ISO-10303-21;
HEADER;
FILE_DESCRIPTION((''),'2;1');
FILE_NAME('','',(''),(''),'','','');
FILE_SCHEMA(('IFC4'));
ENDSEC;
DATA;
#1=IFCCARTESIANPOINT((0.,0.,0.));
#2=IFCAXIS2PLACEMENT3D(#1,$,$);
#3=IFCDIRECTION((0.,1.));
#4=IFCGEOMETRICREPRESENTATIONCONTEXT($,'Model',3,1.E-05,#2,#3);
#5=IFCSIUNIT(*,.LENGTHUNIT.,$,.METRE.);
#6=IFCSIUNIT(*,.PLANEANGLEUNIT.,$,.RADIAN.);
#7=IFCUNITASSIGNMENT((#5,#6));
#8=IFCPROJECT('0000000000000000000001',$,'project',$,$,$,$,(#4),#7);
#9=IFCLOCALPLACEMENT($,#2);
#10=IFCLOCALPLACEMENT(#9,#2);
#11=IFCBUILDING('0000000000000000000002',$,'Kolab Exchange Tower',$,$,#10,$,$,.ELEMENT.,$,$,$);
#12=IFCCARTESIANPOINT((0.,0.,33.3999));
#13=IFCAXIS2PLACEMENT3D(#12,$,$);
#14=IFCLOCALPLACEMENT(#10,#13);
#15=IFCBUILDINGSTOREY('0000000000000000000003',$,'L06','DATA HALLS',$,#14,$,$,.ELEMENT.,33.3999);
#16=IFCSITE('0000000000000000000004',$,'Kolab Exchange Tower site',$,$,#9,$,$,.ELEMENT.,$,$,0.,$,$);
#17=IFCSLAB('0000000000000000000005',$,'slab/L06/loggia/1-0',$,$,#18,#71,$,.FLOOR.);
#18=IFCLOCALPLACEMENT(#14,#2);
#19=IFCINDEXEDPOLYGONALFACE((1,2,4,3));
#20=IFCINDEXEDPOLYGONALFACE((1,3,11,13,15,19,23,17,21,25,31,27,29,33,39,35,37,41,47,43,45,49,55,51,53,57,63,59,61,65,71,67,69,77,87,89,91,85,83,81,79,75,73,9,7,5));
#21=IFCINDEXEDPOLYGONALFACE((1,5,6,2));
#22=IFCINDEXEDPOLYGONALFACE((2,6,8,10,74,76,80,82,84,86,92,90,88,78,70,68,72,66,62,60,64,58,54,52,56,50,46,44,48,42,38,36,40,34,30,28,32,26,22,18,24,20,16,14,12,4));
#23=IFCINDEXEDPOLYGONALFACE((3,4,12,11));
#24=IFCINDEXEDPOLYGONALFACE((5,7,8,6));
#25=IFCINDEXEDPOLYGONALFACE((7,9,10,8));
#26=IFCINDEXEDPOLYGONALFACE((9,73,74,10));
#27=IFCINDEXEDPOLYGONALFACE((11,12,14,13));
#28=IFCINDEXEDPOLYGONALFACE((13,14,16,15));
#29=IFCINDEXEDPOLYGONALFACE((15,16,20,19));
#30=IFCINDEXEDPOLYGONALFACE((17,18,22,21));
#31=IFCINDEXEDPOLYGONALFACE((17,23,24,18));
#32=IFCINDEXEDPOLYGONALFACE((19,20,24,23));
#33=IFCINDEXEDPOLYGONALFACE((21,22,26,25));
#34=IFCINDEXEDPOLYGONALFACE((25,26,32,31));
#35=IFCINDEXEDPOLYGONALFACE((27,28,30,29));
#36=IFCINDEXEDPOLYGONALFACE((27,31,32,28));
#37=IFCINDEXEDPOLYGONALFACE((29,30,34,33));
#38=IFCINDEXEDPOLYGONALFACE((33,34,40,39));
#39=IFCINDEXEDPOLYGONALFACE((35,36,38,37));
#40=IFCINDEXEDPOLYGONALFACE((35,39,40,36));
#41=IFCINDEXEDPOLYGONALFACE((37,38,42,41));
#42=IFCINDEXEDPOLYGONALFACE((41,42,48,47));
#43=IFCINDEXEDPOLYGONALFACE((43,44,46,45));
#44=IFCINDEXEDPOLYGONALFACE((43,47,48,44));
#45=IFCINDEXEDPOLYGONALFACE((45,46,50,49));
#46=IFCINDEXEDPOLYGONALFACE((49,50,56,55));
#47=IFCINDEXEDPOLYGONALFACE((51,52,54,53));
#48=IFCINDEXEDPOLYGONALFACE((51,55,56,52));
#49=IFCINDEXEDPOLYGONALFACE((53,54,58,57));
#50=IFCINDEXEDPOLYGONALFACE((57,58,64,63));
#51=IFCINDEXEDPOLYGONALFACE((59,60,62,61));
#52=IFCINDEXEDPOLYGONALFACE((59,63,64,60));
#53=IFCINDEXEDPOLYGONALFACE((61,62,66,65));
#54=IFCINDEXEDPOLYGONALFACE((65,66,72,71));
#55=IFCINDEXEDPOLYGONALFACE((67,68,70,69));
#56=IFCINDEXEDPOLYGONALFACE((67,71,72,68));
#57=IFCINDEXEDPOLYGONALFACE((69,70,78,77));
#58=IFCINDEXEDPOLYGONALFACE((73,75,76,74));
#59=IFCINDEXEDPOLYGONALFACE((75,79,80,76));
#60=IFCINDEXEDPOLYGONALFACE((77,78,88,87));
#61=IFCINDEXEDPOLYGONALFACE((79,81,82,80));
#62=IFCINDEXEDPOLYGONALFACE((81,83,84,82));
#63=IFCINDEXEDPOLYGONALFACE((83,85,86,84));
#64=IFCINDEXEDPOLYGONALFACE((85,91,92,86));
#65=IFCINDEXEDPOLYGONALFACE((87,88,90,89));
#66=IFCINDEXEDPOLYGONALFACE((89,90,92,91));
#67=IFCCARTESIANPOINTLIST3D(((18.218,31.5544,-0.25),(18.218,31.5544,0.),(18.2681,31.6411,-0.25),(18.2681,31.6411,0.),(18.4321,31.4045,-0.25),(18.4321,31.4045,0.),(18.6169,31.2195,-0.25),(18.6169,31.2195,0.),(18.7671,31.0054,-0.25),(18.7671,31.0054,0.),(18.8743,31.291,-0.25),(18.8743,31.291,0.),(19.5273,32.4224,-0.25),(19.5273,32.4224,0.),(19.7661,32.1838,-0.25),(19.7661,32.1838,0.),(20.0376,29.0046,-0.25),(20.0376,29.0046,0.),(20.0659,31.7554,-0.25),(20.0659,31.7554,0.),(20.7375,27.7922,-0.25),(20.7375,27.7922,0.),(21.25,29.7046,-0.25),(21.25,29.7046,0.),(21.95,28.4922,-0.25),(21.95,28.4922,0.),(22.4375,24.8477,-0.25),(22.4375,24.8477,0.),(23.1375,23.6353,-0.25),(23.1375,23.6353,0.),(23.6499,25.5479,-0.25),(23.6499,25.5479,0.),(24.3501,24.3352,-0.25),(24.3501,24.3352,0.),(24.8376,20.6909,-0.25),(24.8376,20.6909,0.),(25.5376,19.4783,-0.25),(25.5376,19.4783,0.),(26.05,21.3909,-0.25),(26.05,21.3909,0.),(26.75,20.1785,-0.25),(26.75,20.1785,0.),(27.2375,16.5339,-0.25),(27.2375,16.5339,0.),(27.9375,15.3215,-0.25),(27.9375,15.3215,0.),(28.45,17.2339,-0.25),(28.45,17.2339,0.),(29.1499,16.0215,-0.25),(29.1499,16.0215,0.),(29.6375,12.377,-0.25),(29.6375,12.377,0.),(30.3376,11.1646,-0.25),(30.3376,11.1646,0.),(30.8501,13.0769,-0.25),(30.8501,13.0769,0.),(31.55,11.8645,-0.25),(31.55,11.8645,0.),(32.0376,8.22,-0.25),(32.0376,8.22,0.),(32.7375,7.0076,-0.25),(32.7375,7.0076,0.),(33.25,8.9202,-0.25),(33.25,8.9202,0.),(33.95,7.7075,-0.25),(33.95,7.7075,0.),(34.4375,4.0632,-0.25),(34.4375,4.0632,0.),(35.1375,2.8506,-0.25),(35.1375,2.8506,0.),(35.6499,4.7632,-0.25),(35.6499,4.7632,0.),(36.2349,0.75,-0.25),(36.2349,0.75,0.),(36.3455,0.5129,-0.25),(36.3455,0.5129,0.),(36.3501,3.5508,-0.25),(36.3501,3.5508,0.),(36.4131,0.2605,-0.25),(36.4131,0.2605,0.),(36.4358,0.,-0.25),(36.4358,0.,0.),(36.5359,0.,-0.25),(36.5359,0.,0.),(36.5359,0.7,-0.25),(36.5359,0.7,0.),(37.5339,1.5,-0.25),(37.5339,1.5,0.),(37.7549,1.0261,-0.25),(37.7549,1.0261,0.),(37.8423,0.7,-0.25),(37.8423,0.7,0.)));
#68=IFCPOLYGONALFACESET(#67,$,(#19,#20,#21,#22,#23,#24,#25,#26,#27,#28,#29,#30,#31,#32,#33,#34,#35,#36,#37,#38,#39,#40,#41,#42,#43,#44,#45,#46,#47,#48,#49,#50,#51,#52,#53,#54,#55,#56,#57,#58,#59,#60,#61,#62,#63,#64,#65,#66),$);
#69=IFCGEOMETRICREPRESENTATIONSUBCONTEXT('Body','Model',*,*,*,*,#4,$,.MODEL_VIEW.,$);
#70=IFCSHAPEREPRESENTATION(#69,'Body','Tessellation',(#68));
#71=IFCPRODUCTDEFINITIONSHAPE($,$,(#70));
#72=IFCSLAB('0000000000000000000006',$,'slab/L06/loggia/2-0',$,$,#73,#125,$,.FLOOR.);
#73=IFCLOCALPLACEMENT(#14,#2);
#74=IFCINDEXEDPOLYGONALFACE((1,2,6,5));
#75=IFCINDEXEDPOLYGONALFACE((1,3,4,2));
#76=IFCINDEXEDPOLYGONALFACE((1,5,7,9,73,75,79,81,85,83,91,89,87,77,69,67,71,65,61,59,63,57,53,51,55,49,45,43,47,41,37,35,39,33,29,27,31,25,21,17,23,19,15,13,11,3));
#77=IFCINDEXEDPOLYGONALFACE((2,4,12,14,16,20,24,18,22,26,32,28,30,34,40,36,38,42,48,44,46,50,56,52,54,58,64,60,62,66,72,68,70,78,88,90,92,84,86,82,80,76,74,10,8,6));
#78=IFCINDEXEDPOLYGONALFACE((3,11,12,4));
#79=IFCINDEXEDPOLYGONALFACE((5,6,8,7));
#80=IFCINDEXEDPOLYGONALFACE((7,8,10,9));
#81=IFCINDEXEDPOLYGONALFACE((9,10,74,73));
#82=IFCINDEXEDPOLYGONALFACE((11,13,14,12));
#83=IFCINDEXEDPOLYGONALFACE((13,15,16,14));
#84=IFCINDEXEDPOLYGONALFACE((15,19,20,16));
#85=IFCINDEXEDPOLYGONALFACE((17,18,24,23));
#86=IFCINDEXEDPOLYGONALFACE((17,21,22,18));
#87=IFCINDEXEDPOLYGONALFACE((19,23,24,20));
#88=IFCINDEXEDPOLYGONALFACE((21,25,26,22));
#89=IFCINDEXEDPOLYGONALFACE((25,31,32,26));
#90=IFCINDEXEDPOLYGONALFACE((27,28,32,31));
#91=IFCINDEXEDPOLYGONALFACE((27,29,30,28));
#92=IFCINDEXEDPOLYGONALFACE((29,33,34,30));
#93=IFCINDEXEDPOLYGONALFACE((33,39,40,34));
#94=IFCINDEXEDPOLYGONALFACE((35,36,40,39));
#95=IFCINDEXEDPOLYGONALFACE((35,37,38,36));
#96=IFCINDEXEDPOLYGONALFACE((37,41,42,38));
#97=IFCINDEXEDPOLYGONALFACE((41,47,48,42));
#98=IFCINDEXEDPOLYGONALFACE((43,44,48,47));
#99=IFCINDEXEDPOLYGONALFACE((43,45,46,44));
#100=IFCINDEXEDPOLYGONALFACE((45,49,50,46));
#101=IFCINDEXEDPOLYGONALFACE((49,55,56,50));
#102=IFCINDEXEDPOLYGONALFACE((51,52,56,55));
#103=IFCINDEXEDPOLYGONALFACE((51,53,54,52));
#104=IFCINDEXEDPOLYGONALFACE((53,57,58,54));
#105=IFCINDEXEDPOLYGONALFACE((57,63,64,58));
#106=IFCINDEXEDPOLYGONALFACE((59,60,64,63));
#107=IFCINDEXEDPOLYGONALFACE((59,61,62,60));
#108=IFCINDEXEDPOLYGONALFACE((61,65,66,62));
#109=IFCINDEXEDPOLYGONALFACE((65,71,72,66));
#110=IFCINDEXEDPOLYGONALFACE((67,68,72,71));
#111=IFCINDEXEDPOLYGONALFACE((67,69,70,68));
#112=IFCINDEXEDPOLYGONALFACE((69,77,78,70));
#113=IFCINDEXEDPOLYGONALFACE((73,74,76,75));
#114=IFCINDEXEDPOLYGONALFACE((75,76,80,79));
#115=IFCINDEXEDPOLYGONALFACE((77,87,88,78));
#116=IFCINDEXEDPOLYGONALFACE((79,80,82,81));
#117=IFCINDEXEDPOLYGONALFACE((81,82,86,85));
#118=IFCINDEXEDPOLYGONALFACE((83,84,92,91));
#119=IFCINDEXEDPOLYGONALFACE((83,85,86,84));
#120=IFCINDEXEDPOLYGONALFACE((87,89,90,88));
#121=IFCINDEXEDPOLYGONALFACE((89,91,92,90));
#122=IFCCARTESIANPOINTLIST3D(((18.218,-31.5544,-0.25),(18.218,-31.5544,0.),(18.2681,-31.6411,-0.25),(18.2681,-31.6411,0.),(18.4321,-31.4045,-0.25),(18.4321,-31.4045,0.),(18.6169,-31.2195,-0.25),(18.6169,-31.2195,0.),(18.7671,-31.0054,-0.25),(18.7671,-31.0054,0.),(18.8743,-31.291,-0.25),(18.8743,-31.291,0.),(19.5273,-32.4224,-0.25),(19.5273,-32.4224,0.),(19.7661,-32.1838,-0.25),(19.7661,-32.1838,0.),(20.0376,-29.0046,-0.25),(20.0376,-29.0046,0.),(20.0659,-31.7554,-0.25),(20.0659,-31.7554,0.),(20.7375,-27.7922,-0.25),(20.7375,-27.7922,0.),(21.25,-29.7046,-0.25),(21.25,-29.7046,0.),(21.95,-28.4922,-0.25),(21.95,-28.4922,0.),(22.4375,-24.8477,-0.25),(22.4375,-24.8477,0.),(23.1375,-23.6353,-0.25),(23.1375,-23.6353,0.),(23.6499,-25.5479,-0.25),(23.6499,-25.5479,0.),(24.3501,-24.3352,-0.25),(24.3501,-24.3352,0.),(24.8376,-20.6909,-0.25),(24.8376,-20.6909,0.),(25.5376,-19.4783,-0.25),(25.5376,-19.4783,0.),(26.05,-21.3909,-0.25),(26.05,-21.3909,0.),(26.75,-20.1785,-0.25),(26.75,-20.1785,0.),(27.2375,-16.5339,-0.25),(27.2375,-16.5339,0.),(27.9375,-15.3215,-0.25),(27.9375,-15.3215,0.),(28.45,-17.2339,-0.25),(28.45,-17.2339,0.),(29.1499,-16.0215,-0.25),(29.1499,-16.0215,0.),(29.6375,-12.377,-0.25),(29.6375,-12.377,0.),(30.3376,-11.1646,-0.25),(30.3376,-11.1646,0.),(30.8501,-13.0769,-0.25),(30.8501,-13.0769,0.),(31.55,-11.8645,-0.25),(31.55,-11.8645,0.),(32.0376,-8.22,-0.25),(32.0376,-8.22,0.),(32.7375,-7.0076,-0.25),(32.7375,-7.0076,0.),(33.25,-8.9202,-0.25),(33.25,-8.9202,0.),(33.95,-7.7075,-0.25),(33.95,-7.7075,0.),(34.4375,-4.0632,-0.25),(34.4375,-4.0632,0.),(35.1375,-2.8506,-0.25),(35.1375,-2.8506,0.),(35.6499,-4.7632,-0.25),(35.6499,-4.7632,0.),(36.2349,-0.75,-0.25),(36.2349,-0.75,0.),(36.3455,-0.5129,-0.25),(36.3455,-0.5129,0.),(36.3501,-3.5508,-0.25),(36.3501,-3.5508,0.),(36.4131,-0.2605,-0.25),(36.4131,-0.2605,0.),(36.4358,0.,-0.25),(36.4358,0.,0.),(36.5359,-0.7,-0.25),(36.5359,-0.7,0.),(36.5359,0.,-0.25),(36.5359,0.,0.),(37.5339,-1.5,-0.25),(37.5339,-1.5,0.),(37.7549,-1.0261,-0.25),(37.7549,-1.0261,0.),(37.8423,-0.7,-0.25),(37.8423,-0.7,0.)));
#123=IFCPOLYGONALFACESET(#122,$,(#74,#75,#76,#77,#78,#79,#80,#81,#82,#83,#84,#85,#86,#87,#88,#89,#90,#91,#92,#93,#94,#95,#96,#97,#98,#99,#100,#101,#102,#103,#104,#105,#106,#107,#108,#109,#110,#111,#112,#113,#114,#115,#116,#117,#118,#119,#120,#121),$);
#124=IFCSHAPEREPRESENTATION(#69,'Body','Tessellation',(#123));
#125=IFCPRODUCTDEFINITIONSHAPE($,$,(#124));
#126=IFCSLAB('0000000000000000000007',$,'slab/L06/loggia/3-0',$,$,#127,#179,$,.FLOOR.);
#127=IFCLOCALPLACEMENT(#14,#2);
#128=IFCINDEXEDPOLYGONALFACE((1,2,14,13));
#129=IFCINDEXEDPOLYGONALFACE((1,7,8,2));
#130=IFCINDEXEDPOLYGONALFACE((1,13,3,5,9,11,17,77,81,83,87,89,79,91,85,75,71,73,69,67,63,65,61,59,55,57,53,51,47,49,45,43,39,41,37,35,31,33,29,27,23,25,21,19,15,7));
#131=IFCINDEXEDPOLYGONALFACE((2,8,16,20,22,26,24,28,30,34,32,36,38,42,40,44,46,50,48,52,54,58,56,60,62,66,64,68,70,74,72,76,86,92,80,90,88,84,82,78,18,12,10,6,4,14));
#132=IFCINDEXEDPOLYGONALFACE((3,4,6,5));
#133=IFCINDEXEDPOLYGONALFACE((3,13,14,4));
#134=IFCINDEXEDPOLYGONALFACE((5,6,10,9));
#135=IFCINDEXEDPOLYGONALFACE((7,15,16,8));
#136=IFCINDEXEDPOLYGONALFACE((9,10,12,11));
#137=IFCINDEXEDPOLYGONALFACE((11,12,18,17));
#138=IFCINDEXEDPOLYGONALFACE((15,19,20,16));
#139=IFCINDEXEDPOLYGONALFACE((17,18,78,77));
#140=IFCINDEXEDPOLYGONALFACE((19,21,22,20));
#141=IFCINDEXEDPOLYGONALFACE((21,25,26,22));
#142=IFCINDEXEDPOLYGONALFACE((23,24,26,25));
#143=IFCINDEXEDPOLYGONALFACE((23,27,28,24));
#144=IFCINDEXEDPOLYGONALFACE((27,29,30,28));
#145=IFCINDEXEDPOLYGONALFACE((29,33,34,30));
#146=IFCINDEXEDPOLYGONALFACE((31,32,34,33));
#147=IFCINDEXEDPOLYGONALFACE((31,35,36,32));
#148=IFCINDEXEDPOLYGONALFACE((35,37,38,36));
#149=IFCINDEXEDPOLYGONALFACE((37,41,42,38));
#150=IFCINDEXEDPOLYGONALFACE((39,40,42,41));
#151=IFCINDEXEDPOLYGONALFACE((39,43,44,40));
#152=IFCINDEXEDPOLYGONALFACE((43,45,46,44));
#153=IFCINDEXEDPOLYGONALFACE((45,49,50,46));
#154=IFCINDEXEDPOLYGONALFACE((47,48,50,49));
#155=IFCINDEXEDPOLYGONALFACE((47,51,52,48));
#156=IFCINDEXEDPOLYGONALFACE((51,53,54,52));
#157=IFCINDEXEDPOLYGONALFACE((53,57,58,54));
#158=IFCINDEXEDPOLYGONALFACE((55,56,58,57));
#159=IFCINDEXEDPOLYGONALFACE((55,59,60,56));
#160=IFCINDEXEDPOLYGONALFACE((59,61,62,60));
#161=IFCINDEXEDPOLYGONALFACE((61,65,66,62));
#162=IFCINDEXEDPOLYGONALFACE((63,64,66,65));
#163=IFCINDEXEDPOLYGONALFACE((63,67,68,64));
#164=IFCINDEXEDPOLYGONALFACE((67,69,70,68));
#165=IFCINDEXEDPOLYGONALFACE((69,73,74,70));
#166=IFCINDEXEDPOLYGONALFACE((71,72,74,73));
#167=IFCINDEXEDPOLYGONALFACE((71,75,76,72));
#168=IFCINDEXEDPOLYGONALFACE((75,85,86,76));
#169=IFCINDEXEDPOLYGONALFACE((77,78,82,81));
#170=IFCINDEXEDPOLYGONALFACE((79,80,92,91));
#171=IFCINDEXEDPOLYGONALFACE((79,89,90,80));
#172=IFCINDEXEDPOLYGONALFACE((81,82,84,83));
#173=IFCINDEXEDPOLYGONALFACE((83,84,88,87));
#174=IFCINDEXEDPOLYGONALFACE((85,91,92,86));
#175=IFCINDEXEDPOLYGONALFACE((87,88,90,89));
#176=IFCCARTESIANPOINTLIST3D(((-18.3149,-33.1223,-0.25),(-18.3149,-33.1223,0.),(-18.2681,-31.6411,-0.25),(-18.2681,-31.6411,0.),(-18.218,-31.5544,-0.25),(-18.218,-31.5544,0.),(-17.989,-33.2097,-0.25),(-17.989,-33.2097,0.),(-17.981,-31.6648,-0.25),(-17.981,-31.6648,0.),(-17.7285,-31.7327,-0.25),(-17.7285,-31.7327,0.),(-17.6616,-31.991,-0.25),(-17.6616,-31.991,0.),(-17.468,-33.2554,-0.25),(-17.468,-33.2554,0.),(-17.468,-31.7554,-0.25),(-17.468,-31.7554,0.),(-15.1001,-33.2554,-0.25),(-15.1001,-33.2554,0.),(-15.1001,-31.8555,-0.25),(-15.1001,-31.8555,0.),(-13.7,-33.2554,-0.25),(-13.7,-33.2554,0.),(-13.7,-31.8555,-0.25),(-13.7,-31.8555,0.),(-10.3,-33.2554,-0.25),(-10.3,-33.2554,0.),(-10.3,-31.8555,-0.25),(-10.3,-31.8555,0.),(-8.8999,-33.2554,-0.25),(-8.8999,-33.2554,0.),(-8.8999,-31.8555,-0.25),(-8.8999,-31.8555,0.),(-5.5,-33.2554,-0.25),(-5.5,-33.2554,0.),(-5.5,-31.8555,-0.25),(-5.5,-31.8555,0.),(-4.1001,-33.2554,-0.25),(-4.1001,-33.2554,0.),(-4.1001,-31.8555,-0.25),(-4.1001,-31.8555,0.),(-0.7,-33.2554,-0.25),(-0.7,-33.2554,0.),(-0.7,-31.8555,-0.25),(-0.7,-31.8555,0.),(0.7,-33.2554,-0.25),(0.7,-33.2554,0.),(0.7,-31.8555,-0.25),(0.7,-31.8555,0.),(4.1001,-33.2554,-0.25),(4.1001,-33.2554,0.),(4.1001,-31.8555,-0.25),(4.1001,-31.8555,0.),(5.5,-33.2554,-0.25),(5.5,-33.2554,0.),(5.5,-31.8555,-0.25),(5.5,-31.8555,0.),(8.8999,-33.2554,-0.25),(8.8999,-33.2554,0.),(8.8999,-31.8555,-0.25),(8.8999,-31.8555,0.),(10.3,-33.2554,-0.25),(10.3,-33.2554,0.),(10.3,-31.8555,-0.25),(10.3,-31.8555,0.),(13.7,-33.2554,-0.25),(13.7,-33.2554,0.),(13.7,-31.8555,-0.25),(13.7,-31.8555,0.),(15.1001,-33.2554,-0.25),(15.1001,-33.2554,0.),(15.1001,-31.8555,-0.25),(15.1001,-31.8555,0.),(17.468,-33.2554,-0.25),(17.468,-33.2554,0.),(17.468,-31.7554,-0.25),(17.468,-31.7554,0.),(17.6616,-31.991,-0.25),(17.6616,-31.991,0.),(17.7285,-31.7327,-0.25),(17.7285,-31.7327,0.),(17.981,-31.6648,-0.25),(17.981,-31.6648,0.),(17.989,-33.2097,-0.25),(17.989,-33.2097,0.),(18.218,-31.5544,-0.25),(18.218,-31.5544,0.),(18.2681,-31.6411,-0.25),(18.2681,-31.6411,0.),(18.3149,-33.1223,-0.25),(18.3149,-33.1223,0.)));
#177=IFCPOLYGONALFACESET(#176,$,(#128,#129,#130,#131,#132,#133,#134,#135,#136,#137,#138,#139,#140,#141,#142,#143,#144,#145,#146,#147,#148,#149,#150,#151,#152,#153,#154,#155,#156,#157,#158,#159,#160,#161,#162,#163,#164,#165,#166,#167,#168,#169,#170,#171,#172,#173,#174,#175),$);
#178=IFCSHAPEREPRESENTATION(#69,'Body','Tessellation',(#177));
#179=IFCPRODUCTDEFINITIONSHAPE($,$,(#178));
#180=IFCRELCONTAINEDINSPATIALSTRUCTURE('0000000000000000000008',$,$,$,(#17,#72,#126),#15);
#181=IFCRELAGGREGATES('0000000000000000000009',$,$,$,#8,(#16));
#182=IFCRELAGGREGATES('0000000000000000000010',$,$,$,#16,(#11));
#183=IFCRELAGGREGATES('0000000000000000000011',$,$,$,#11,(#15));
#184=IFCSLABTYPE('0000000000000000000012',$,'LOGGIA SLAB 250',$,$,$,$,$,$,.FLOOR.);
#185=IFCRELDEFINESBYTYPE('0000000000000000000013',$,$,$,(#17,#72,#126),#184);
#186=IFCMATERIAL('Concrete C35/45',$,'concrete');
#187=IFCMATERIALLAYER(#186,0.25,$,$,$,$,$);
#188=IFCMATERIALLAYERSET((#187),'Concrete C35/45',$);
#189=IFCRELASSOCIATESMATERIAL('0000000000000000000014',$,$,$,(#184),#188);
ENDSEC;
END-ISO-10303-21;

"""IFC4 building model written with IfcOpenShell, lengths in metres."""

from ifc_helpers import new_model, si_unit, direction, frame, origin, place, context, subcontext, project, spatial, polyline, outline, extrude, material, layer, layer_set, type_object, element, save


model = new_model("IFC4")

# Units and contexts
model_context = context("Model", 3, precision=1e-05, world=origin(), true_north=direction((0.0, 1.0)))
body_context = subcontext(model_context, "Body", "Model", "MODEL_VIEW")
ifc_project = project(units=[si_unit("LENGTHUNIT", "METRE"), si_unit("PLANEANGLEUNIT", "RADIAN")], contexts=[model_context])

# Site, building, storey
site_placement = place(None, origin())
site = spatial("IfcSite", under=ifc_project, at=site_placement, Name="Kolab Exchange Tower site", CompositionType="ELEMENT", RefElevation=0.0)
building_placement = place(site_placement, origin())
building = spatial("IfcBuilding", under=site, at=building_placement, Name="Kolab Exchange Tower", CompositionType="ELEMENT")
storey_placement = place(building_placement, frame((0.0, 0.0, 33.3999)))
storey = spatial("IfcBuildingStorey", under=building, at=storey_placement, Name="L06", Description="DATA HALLS", CompositionType="ELEMENT", Elevation=33.3999)

# Slabs
ifc_material_1 = material(Name="Concrete C35/45", Category="concrete")
ifc_layer_1 = layer(ifc_material_1, 0.25)
ifc_layer_set_1 = layer_set([ifc_layer_1], Name="Concrete C35/45")
slab_type_1 = type_object("IfcSlabType", Name="LOGGIA SLAB 250", PredefinedType="FLOOR", material=ifc_layer_set_1)
slab_1_placement = place(storey_placement, frame((0.0, 0.0, -0.25)))
element("IfcSlab", 1, at=slab_1_placement, inside=storey, type_object=slab_type_1, Name="slab/L06/loggia/1-0", PredefinedType="FLOOR", context=body_context, shape_type="SweptSolid", body=[
    extrude(outline(polyline([(36.4358, 0.0), (36.5359, 0.0), (36.5359, 0.7), (37.8423, 0.7), (37.7549, 1.0261), (37.5339, 1.5), (36.3501, 3.5508), (35.1375, 2.8506), (34.4375, 4.0632), (35.6499, 4.7632), (33.95, 7.7075), (32.7375, 7.0076), (32.0376, 8.22), (33.25, 8.9202), (31.55, 11.8645), (30.3376, 11.1646), (29.6375, 12.377), (30.8501, 13.0769), (29.1499, 16.0215), (27.9375, 15.3215), (27.2375, 16.5339), (28.45, 17.2339), (26.75, 20.1785), (25.5376, 19.4783), (24.8376, 20.6909), (26.05, 21.3909), (24.3501, 24.3352), (23.1375, 23.6353), (22.4375, 24.8477), (23.6499, 25.5479), (21.95, 28.4922), (20.7375, 27.7922), (20.0376, 29.0046), (21.25, 29.7046), (20.0659, 31.7554), (19.7661, 32.1838), (19.5273, 32.4224), (18.8743, 31.291), (18.2681, 31.6411), (18.218, 31.5544), (18.4321, 31.4045), (18.6169, 31.2195), (18.7671, 31.0054), (36.2349, 0.75), (36.3455, 0.5129), (36.4131, 0.2605), (36.4358, 0.0)])), origin(), (0.0, 0.0, 1.0), 0.25),
])
slab_2_placement = place(storey_placement, frame((0.0, 0.0, -0.25)))
element("IfcSlab", 2, at=slab_2_placement, inside=storey, type_object=slab_type_1, Name="slab/L06/loggia/2-0", PredefinedType="FLOOR", context=body_context, shape_type="SweptSolid", body=[
    extrude(outline(polyline([(20.0659, -31.7554), (21.25, -29.7046), (20.0376, -29.0046), (20.7375, -27.7922), (21.95, -28.4922), (23.6499, -25.5479), (22.4375, -24.8477), (23.1375, -23.6353), (24.3501, -24.3352), (26.05, -21.3909), (24.8376, -20.6909), (25.5376, -19.4783), (26.75, -20.1785), (28.45, -17.2339), (27.2375, -16.5339), (27.9375, -15.3215), (29.1499, -16.0215), (30.8501, -13.0769), (29.6375, -12.377), (30.3376, -11.1646), (31.55, -11.8645), (33.25, -8.9202), (32.0376, -8.22), (32.7375, -7.0076), (33.95, -7.7075), (35.6499, -4.7632), (34.4375, -4.0632), (35.1375, -2.8506), (36.3501, -3.5508), (37.5339, -1.5), (37.7549, -1.0261), (37.8423, -0.7), (36.5359, -0.7), (36.5359, 0.0), (36.4358, 0.0), (36.4131, -0.2605), (36.3455, -0.5129), (36.2349, -0.75), (18.7671, -31.0054), (18.6169, -31.2195), (18.4321, -31.4045), (18.218, -31.5544), (18.2681, -31.6411), (18.8743, -31.291), (19.5273, -32.4224), (19.7661, -32.1838), (20.0659, -31.7554)])), origin(), (0.0, 0.0, 1.0), 0.25),
])
slab_3_placement = place(storey_placement, frame((0.0, 0.0, -0.25)))
element("IfcSlab", 3, at=slab_3_placement, inside=storey, type_object=slab_type_1, Name="slab/L06/loggia/3-0", PredefinedType="FLOOR", context=body_context, shape_type="SweptSolid", body=[
    extrude(outline(polyline([(-18.218, -31.5544), (-18.2681, -31.6411), (-17.6616, -31.991), (-18.3149, -33.1223), (-17.989, -33.2097), (-17.468, -33.2554), (-15.1001, -33.2554), (-15.1001, -31.8555), (-13.7, -31.8555), (-13.7, -33.2554), (-10.3, -33.2554), (-10.3, -31.8555), (-8.8999, -31.8555), (-8.8999, -33.2554), (-5.5, -33.2554), (-5.5, -31.8555), (-4.1001, -31.8555), (-4.1001, -33.2554), (-0.7, -33.2554), (-0.7, -31.8555), (0.7, -31.8555), (0.7, -33.2554), (4.1001, -33.2554), (4.1001, -31.8555), (5.5, -31.8555), (5.5, -33.2554), (8.8999, -33.2554), (8.8999, -31.8555), (10.3, -31.8555), (10.3, -33.2554), (13.7, -33.2554), (13.7, -31.8555), (15.1001, -31.8555), (15.1001, -33.2554), (17.468, -33.2554), (17.989, -33.2097), (18.3149, -33.1223), (17.6616, -31.991), (18.2681, -31.6411), (18.218, -31.5544), (17.981, -31.6648), (17.7285, -31.7327), (17.468, -31.7554), (-17.468, -31.7554), (-17.7285, -31.7327), (-17.981, -31.6648), (-18.218, -31.5544)])), origin(), (0.0, 0.0, 1.0), 0.25),
])

save(model, "model.ifc")
